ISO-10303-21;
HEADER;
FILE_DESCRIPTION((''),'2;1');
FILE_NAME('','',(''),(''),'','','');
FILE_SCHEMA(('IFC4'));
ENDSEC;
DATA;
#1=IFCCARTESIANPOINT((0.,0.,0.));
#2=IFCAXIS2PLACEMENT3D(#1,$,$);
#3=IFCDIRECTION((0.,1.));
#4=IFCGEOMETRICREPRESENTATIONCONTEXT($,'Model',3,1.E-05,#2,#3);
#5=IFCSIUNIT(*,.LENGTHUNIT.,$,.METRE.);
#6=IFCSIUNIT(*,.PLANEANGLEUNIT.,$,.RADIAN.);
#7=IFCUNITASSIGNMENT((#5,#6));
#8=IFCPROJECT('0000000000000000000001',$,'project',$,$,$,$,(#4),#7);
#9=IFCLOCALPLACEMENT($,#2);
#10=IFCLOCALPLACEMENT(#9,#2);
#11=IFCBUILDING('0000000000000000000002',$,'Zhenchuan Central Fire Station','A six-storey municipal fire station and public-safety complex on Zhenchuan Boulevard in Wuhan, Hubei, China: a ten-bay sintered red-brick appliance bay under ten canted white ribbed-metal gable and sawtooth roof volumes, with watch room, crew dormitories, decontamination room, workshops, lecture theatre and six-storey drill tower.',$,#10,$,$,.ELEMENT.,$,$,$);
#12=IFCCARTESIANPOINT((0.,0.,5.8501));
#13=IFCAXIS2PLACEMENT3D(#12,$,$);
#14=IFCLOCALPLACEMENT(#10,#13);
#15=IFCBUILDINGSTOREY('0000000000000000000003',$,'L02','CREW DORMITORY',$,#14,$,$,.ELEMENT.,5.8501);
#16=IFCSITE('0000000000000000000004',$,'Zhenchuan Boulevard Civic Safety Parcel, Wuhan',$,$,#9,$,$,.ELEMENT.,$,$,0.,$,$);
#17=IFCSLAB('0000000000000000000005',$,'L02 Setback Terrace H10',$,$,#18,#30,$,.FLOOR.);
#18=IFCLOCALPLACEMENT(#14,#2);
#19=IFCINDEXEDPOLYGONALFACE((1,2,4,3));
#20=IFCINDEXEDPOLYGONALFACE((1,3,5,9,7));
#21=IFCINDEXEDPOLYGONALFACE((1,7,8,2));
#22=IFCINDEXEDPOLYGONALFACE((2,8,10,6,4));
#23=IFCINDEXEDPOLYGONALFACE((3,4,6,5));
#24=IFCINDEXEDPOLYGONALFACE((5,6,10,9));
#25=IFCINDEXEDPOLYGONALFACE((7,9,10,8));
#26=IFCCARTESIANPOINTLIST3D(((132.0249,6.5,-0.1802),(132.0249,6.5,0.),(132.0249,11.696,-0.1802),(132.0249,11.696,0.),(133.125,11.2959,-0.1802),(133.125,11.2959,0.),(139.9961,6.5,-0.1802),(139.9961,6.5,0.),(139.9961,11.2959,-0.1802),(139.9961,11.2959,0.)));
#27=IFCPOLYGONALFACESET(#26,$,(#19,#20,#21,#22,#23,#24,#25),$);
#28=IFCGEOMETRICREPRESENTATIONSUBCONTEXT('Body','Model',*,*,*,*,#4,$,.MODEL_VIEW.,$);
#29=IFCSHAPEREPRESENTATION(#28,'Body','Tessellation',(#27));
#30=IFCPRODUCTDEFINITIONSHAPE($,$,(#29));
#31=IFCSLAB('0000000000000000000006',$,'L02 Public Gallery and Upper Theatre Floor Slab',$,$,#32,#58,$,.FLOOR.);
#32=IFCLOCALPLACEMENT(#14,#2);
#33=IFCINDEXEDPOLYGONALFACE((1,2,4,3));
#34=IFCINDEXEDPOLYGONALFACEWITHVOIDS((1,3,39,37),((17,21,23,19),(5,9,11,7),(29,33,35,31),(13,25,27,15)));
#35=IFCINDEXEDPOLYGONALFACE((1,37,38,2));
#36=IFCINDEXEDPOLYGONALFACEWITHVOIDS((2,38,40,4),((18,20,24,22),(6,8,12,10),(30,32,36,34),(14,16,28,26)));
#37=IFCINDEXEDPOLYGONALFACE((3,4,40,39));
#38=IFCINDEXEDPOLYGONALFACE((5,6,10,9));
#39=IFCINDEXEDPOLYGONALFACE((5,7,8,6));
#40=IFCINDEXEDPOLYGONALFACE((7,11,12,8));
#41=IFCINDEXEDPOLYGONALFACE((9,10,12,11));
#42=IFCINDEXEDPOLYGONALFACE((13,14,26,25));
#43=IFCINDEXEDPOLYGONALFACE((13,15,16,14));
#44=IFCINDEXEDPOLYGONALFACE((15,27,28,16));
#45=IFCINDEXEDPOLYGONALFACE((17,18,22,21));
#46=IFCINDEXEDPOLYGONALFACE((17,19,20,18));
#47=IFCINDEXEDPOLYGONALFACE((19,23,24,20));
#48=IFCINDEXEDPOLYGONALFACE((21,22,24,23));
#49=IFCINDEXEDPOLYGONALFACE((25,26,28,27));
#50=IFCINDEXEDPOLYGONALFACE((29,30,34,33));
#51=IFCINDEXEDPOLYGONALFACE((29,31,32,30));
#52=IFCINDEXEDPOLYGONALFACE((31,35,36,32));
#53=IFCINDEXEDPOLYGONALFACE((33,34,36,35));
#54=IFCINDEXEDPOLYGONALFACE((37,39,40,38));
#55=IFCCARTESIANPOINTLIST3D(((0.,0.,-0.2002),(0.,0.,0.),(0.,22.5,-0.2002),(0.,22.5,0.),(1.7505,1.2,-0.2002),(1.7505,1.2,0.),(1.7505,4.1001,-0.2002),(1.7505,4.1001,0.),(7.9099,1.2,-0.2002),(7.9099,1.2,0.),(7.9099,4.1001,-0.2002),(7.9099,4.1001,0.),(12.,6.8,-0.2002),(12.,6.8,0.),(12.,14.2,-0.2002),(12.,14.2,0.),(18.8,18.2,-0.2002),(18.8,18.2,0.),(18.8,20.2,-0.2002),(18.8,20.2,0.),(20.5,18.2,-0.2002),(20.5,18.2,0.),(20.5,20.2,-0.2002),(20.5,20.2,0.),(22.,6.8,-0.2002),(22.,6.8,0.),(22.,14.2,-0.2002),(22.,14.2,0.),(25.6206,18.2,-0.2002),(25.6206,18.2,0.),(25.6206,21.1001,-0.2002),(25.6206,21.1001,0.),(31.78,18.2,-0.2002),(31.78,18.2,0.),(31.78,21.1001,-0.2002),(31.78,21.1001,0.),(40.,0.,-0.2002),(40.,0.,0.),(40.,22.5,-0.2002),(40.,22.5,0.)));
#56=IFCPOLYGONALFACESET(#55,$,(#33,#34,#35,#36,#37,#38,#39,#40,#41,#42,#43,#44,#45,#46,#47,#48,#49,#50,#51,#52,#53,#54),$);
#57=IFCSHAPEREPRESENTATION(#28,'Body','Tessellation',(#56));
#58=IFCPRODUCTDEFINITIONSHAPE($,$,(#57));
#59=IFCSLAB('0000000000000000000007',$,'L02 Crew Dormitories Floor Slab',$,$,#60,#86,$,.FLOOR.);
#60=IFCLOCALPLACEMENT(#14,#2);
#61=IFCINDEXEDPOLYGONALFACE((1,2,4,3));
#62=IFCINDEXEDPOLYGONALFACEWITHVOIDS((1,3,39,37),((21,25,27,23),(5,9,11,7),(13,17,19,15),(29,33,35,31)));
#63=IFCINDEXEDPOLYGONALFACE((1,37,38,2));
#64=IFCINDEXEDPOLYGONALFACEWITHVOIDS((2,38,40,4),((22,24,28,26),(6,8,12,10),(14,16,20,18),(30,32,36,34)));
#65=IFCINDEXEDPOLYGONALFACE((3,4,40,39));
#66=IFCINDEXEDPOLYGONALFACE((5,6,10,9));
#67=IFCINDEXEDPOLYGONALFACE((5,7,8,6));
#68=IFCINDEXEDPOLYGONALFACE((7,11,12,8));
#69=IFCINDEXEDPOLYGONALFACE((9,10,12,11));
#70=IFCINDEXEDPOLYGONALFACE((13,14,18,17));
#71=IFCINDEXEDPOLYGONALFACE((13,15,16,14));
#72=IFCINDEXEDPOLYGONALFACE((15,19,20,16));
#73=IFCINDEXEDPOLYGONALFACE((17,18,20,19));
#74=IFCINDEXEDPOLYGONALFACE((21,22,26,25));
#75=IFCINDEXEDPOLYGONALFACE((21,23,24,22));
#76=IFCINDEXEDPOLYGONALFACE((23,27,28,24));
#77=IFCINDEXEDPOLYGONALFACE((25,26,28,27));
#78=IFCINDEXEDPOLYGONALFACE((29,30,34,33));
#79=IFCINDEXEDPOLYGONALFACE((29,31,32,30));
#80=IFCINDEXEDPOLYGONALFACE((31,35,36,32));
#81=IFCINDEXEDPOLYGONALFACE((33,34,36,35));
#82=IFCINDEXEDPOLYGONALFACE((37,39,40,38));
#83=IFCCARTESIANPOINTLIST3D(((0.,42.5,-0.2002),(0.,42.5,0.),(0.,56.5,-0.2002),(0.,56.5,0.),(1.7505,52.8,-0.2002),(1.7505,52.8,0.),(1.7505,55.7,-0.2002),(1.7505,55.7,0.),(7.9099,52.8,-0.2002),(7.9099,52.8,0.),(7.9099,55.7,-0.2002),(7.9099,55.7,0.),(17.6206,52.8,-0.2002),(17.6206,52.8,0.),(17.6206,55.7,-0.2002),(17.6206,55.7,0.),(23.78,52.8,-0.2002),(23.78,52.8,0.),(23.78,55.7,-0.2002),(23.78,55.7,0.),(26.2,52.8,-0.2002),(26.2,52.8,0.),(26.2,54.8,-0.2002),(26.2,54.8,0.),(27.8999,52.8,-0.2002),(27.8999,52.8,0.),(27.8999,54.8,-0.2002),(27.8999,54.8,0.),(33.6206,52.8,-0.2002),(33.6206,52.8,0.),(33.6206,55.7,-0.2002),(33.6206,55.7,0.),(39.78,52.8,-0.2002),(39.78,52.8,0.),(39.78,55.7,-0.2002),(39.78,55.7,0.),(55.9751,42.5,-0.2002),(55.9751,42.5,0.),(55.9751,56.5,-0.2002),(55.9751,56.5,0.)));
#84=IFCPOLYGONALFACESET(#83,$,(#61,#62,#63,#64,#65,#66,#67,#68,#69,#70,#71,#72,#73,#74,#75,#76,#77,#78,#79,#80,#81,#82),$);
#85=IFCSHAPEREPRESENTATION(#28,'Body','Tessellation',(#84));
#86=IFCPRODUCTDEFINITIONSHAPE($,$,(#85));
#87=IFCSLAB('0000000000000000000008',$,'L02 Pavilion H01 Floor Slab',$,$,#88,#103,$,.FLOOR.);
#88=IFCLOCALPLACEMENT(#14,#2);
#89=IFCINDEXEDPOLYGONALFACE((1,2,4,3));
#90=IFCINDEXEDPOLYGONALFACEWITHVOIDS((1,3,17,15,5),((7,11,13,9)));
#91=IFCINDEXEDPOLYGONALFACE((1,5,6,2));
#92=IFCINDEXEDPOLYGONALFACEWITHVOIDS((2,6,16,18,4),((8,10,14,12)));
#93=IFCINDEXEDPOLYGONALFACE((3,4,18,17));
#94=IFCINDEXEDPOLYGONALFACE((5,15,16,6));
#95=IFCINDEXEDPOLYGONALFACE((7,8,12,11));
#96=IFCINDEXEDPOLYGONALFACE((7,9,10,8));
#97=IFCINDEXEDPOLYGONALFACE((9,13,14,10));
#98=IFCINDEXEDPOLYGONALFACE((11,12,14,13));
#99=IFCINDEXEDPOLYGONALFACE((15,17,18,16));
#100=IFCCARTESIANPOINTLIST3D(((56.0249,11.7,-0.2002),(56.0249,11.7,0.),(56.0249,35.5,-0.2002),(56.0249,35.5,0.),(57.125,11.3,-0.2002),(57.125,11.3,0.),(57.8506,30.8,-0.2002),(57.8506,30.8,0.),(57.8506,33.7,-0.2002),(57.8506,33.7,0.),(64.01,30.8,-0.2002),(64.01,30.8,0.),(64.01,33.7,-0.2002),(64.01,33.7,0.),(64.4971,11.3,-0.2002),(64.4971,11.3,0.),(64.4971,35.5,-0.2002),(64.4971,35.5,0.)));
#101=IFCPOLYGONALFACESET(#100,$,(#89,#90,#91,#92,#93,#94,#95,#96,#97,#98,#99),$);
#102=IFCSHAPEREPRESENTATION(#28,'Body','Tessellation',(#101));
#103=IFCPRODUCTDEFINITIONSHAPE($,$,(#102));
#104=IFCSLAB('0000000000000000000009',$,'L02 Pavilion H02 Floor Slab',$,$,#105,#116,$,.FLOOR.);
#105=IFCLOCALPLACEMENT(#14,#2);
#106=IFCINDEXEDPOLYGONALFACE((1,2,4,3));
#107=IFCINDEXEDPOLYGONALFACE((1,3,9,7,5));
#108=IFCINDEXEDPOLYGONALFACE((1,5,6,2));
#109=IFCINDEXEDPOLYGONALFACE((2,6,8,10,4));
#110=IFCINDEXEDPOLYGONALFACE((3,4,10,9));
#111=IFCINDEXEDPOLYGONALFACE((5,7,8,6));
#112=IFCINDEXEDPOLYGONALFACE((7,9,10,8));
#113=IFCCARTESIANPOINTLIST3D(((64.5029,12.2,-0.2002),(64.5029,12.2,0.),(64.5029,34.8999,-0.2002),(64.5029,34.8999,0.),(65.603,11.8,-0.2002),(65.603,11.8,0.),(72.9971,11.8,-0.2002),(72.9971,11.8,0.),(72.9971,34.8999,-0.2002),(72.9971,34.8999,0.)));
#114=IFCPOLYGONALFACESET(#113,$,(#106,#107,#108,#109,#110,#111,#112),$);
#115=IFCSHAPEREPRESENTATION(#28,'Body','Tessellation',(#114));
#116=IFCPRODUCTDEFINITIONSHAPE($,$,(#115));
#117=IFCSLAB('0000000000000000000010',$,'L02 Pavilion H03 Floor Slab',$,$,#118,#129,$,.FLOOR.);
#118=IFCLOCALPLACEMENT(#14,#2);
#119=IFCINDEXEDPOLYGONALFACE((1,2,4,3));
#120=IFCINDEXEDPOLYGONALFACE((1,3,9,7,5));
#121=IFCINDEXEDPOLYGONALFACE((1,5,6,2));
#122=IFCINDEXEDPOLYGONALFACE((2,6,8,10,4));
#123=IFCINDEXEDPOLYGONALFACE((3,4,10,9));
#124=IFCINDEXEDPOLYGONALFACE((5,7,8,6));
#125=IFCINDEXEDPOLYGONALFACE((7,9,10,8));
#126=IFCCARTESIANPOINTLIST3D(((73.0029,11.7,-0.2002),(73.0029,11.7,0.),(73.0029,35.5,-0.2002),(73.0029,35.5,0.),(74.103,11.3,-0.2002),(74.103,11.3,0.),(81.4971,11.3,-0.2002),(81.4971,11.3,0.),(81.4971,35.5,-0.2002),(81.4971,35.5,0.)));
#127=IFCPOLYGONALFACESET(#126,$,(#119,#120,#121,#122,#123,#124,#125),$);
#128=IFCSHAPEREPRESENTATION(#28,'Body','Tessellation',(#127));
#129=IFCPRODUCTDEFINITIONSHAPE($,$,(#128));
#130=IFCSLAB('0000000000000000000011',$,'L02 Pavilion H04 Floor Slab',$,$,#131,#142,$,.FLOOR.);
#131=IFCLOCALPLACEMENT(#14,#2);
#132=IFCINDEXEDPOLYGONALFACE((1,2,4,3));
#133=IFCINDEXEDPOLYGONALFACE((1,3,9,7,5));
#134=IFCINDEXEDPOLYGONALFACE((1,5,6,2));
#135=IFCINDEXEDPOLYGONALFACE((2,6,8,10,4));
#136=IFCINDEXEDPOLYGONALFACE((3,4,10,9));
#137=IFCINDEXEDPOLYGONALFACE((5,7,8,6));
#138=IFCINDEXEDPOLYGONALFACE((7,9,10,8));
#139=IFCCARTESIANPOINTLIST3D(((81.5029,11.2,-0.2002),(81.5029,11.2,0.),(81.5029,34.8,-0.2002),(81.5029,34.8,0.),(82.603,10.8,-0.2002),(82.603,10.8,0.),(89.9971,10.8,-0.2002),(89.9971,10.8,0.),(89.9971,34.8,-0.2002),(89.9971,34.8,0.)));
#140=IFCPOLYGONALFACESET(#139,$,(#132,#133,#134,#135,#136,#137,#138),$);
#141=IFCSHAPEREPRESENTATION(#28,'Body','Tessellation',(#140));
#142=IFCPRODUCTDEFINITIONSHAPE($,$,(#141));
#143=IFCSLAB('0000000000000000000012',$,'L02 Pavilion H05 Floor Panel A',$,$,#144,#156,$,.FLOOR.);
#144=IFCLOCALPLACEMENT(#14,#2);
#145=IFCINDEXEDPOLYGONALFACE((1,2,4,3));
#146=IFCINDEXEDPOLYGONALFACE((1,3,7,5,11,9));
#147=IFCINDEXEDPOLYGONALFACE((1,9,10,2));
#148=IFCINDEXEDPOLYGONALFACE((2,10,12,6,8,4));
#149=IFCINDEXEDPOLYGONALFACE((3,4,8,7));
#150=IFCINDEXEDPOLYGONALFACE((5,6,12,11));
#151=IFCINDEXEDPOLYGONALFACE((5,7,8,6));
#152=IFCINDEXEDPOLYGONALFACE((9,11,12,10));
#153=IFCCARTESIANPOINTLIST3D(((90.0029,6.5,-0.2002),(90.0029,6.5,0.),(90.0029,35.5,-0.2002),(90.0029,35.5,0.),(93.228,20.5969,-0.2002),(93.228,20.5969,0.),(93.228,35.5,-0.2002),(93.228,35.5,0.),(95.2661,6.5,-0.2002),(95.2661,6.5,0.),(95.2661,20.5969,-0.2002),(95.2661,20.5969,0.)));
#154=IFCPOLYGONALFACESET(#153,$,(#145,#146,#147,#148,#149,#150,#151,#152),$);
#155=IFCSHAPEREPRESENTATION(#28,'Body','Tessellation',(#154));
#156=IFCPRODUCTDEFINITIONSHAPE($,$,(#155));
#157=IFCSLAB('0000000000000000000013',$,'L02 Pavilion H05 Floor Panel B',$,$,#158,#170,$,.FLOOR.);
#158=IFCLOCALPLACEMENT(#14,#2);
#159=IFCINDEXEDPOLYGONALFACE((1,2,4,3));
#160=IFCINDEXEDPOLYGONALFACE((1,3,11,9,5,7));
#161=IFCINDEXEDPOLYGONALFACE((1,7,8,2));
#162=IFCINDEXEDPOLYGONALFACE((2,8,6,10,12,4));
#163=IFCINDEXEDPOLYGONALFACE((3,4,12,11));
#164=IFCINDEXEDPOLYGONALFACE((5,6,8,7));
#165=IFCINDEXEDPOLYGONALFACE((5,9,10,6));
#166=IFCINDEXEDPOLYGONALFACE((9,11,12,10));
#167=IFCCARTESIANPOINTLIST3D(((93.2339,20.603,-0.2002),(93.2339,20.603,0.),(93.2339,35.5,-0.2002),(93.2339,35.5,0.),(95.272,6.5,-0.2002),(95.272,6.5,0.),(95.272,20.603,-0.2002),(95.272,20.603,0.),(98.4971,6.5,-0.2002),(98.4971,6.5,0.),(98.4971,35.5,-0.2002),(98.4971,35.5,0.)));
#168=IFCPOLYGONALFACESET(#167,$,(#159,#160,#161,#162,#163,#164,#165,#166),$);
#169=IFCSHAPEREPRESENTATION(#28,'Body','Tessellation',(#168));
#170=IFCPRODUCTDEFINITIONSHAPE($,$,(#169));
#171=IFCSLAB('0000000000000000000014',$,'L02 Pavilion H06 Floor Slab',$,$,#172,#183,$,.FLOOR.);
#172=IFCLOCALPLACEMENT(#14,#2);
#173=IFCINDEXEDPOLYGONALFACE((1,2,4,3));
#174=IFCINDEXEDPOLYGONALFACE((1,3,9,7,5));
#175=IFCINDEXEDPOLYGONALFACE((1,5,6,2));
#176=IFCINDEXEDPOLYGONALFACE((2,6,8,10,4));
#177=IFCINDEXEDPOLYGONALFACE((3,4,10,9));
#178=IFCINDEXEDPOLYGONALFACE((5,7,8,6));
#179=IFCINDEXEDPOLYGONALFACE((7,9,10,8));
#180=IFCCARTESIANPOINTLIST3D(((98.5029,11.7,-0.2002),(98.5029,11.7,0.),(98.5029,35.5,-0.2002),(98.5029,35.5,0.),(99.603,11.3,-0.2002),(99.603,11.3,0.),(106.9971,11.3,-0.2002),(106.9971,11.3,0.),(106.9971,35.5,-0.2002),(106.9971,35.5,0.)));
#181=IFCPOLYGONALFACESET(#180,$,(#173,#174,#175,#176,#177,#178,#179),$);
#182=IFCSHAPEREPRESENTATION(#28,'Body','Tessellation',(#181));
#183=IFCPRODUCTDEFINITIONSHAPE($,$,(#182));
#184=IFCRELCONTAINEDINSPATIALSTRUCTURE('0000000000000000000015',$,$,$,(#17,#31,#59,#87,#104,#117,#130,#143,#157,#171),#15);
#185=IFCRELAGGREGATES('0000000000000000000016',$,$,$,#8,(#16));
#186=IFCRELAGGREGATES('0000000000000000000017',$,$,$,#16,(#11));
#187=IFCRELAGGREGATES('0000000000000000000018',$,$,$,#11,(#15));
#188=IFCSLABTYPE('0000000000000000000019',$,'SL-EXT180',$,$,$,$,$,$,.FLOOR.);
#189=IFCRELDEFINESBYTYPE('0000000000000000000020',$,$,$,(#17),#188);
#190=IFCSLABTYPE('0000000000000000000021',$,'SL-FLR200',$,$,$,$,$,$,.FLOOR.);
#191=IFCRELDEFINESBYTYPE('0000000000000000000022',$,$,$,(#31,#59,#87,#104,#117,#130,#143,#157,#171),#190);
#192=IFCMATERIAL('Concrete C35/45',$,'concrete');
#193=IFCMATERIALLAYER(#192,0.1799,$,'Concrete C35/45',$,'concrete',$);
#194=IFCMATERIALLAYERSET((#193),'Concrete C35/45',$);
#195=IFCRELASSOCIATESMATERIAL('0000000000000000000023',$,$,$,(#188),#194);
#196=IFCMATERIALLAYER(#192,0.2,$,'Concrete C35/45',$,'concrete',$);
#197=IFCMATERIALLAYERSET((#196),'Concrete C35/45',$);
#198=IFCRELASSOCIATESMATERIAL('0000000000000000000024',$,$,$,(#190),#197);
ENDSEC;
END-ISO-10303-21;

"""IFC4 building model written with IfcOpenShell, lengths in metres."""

from ifc_helpers import new_model, si_unit, direction, frame, origin, place, context, subcontext, project, spatial, polyline, outline, extrude, material, layer, layer_set, type_object, element, save


model = new_model("IFC4")

# Units and contexts
model_context = context("Model", 3, precision=1e-05, world=origin(), true_north=direction((0.0, 1.0)))
body_context = subcontext(model_context, "Body", "Model", "MODEL_VIEW")
ifc_project = project(units=[si_unit("LENGTHUNIT", "METRE"), si_unit("PLANEANGLEUNIT", "RADIAN")], contexts=[model_context])

# Site, building, storey
site_placement = place(None, origin())
site = spatial("IfcSite", under=ifc_project, at=site_placement, Name="Zhenchuan Boulevard Civic Safety Parcel, Wuhan", CompositionType="ELEMENT", RefElevation=0.0)
building_placement = place(site_placement, origin())
building = spatial("IfcBuilding", under=site, at=building_placement, Name="Zhenchuan Central Fire Station", Description="A six-storey municipal fire station and public-safety complex on Zhenchuan Boulevard in Wuhan, Hubei, China: a ten-bay sintered red-brick appliance bay under ten canted white ribbed-metal gable and sawtooth roof volumes, with watch room, crew dormitories, decontamination room, workshops, lecture theatre and six-storey drill tower.", CompositionType="ELEMENT")
storey_placement = place(building_placement, frame((0.0, 0.0, 5.8501)))
storey = spatial("IfcBuildingStorey", under=building, at=storey_placement, Name="L02", Description="CREW DORMITORY", CompositionType="ELEMENT", Elevation=5.8501)

# Slabs
ifc_material_1 = material(Name="Concrete C35/45", Category="concrete")
ifc_layer_1 = layer(ifc_material_1, 0.1799, Name="Concrete C35/45", Category="concrete")
ifc_layer_set_1 = layer_set([ifc_layer_1], Name="Concrete C35/45")
slab_type_1 = type_object("IfcSlabType", Name="SL-EXT180", PredefinedType="FLOOR", material=ifc_layer_set_1)
slab_1_placement = place(storey_placement, frame((0.0, 0.0, -0.1802)))
element("IfcSlab", 1, at=slab_1_placement, inside=storey, type_object=slab_type_1, Name="L02 Setback Terrace H10", PredefinedType="FLOOR", context=body_context, shape_type="SweptSolid", body=[
    extrude(outline(polyline([(132.0249, 6.5), (139.9961, 6.5), (139.9961, 11.2959), (133.125, 11.2959), (132.0249, 11.696), (132.0249, 6.5)])), origin(), (0.0, 0.0, 1.0), 0.1802),
])
ifc_layer_2 = layer(ifc_material_1, 0.2, Name="Concrete C35/45", Category="concrete")
ifc_layer_set_2 = layer_set([ifc_layer_2], Name="Concrete C35/45")
slab_type_2 = type_object("IfcSlabType", Name="SL-FLR200", PredefinedType="FLOOR", material=ifc_layer_set_2)
slab_2_placement = place(storey_placement, frame((0.0, 0.0, -0.2002)))
element("IfcSlab", 2, at=slab_2_placement, inside=storey, type_object=slab_type_2, Name="L02 Public Gallery and Upper Theatre Floor Slab", PredefinedType="FLOOR", context=body_context, shape_type="SweptSolid", body=[
    extrude(outline(polyline([(0.0, 0.0), (40.0, 0.0), (40.0, 22.5), (0.0, 22.5), (0.0, 0.0)]), holes=[polyline([(1.7505, 1.2), (7.9099, 1.2), (7.9099, 4.1001), (1.7505, 4.1001), (1.7505, 1.2)]), polyline([(25.6206, 18.2), (31.78, 18.2), (31.78, 21.1001), (25.6206, 21.1001), (25.6206, 18.2)]), polyline([(18.8, 18.2), (20.5, 18.2), (20.5, 20.2), (18.8, 20.2), (18.8, 18.2)]), polyline([(12.0, 6.8), (22.0, 6.8), (22.0, 14.2), (12.0, 14.2), (12.0, 6.8)])]), origin(), (0.0, 0.0, 1.0), 0.2002),
])
slab_3_placement = place(storey_placement, frame((0.0, 0.0, -0.2002)))
element("IfcSlab", 3, at=slab_3_placement, inside=storey, type_object=slab_type_2, Name="L02 Crew Dormitories Floor Slab", PredefinedType="FLOOR", context=body_context, shape_type="SweptSolid", body=[
    extrude(outline(polyline([(0.0, 42.5), (55.9751, 42.5), (55.9751, 56.5), (0.0, 56.5), (0.0, 42.5)]), holes=[polyline([(1.7505, 52.8), (7.9099, 52.8), (7.9099, 55.7), (1.7505, 55.7), (1.7505, 52.8)]), polyline([(17.6206, 52.8), (23.78, 52.8), (23.78, 55.7), (17.6206, 55.7), (17.6206, 52.8)]), polyline([(33.6206, 52.8), (39.78, 52.8), (39.78, 55.7), (33.6206, 55.7), (33.6206, 52.8)]), polyline([(26.2, 52.8), (27.8999, 52.8), (27.8999, 54.8), (26.2, 54.8), (26.2, 52.8)])]), origin(), (0.0, 0.0, 1.0), 0.2002),
])
slab_4_placement = place(storey_placement, frame((0.0, 0.0, -0.2002)))
element("IfcSlab", 4, at=slab_4_placement, inside=storey, type_object=slab_type_2, Name="L02 Pavilion H01 Floor Slab", PredefinedType="FLOOR", context=body_context, shape_type="SweptSolid", body=[
    extrude(outline(polyline([(56.0249, 11.7), (57.125, 11.3), (64.4971, 11.3), (64.4971, 35.5), (56.0249, 35.5), (56.0249, 11.7)]), holes=[polyline([(57.8506, 30.8), (64.01, 30.8), (64.01, 33.7), (57.8506, 33.7), (57.8506, 30.8)])]), origin(), (0.0, 0.0, 1.0), 0.2002),
])
slab_5_placement = place(storey_placement, frame((0.0, 0.0, -0.2002)))
element("IfcSlab", 5, at=slab_5_placement, inside=storey, type_object=slab_type_2, Name="L02 Pavilion H02 Floor Slab", PredefinedType="FLOOR", context=body_context, shape_type="SweptSolid", body=[
    extrude(outline(polyline([(64.5029, 12.2), (65.603, 11.8), (72.9971, 11.8), (72.9971, 34.8999), (64.5029, 34.8999), (64.5029, 12.2)])), origin(), (0.0, 0.0, 1.0), 0.2002),
])
slab_6_placement = place(storey_placement, frame((0.0, 0.0, -0.2002)))
element("IfcSlab", 6, at=slab_6_placement, inside=storey, type_object=slab_type_2, Name="L02 Pavilion H03 Floor Slab", PredefinedType="FLOOR", context=body_context, shape_type="SweptSolid", body=[
    extrude(outline(polyline([(73.0029, 11.7), (74.103, 11.3), (81.4971, 11.3), (81.4971, 35.5), (73.0029, 35.5), (73.0029, 11.7)])), origin(), (0.0, 0.0, 1.0), 0.2002),
])
slab_7_placement = place(storey_placement, frame((0.0, 0.0, -0.2002)))
element("IfcSlab", 7, at=slab_7_placement, inside=storey, type_object=slab_type_2, Name="L02 Pavilion H04 Floor Slab", PredefinedType="FLOOR", context=body_context, shape_type="SweptSolid", body=[
    extrude(outline(polyline([(81.5029, 11.2), (82.603, 10.8), (89.9971, 10.8), (89.9971, 34.8), (81.5029, 34.8), (81.5029, 11.2)])), origin(), (0.0, 0.0, 1.0), 0.2002),
])
slab_8_placement = place(storey_placement, frame((0.0, 0.0, -0.2002)))
element("IfcSlab", 8, at=slab_8_placement, inside=storey, type_object=slab_type_2, Name="L02 Pavilion H05 Floor Panel A", PredefinedType="FLOOR", context=body_context, shape_type="SweptSolid", body=[
    extrude(outline(polyline([(90.0029, 6.5), (95.2661, 6.5), (95.2661, 20.5969), (93.228, 20.5969), (93.228, 35.5), (90.0029, 35.5), (90.0029, 6.5)])), origin(), (0.0, 0.0, 1.0), 0.2002),
])
slab_9_placement = place(storey_placement, frame((0.0, 0.0, -0.2002)))
element("IfcSlab", 9, at=slab_9_placement, inside=storey, type_object=slab_type_2, Name="L02 Pavilion H05 Floor Panel B", PredefinedType="FLOOR", context=body_context, shape_type="SweptSolid", body=[
    extrude(outline(polyline([(95.272, 6.5), (98.4971, 6.5), (98.4971, 35.5), (93.2339, 35.5), (93.2339, 20.603), (95.272, 20.603), (95.272, 6.5)])), origin(), (0.0, 0.0, 1.0), 0.2002),
])
slab_10_placement = place(storey_placement, frame((0.0, 0.0, -0.2002)))
element("IfcSlab", 10, at=slab_10_placement, inside=storey, type_object=slab_type_2, Name="L02 Pavilion H06 Floor Slab", PredefinedType="FLOOR", context=body_context, shape_type="SweptSolid", body=[
    extrude(outline(polyline([(98.5029, 11.7), (99.603, 11.3), (106.9971, 11.3), (106.9971, 35.5), (98.5029, 35.5), (98.5029, 11.7)])), origin(), (0.0, 0.0, 1.0), 0.2002),
])

save(model, "model.ifc")
